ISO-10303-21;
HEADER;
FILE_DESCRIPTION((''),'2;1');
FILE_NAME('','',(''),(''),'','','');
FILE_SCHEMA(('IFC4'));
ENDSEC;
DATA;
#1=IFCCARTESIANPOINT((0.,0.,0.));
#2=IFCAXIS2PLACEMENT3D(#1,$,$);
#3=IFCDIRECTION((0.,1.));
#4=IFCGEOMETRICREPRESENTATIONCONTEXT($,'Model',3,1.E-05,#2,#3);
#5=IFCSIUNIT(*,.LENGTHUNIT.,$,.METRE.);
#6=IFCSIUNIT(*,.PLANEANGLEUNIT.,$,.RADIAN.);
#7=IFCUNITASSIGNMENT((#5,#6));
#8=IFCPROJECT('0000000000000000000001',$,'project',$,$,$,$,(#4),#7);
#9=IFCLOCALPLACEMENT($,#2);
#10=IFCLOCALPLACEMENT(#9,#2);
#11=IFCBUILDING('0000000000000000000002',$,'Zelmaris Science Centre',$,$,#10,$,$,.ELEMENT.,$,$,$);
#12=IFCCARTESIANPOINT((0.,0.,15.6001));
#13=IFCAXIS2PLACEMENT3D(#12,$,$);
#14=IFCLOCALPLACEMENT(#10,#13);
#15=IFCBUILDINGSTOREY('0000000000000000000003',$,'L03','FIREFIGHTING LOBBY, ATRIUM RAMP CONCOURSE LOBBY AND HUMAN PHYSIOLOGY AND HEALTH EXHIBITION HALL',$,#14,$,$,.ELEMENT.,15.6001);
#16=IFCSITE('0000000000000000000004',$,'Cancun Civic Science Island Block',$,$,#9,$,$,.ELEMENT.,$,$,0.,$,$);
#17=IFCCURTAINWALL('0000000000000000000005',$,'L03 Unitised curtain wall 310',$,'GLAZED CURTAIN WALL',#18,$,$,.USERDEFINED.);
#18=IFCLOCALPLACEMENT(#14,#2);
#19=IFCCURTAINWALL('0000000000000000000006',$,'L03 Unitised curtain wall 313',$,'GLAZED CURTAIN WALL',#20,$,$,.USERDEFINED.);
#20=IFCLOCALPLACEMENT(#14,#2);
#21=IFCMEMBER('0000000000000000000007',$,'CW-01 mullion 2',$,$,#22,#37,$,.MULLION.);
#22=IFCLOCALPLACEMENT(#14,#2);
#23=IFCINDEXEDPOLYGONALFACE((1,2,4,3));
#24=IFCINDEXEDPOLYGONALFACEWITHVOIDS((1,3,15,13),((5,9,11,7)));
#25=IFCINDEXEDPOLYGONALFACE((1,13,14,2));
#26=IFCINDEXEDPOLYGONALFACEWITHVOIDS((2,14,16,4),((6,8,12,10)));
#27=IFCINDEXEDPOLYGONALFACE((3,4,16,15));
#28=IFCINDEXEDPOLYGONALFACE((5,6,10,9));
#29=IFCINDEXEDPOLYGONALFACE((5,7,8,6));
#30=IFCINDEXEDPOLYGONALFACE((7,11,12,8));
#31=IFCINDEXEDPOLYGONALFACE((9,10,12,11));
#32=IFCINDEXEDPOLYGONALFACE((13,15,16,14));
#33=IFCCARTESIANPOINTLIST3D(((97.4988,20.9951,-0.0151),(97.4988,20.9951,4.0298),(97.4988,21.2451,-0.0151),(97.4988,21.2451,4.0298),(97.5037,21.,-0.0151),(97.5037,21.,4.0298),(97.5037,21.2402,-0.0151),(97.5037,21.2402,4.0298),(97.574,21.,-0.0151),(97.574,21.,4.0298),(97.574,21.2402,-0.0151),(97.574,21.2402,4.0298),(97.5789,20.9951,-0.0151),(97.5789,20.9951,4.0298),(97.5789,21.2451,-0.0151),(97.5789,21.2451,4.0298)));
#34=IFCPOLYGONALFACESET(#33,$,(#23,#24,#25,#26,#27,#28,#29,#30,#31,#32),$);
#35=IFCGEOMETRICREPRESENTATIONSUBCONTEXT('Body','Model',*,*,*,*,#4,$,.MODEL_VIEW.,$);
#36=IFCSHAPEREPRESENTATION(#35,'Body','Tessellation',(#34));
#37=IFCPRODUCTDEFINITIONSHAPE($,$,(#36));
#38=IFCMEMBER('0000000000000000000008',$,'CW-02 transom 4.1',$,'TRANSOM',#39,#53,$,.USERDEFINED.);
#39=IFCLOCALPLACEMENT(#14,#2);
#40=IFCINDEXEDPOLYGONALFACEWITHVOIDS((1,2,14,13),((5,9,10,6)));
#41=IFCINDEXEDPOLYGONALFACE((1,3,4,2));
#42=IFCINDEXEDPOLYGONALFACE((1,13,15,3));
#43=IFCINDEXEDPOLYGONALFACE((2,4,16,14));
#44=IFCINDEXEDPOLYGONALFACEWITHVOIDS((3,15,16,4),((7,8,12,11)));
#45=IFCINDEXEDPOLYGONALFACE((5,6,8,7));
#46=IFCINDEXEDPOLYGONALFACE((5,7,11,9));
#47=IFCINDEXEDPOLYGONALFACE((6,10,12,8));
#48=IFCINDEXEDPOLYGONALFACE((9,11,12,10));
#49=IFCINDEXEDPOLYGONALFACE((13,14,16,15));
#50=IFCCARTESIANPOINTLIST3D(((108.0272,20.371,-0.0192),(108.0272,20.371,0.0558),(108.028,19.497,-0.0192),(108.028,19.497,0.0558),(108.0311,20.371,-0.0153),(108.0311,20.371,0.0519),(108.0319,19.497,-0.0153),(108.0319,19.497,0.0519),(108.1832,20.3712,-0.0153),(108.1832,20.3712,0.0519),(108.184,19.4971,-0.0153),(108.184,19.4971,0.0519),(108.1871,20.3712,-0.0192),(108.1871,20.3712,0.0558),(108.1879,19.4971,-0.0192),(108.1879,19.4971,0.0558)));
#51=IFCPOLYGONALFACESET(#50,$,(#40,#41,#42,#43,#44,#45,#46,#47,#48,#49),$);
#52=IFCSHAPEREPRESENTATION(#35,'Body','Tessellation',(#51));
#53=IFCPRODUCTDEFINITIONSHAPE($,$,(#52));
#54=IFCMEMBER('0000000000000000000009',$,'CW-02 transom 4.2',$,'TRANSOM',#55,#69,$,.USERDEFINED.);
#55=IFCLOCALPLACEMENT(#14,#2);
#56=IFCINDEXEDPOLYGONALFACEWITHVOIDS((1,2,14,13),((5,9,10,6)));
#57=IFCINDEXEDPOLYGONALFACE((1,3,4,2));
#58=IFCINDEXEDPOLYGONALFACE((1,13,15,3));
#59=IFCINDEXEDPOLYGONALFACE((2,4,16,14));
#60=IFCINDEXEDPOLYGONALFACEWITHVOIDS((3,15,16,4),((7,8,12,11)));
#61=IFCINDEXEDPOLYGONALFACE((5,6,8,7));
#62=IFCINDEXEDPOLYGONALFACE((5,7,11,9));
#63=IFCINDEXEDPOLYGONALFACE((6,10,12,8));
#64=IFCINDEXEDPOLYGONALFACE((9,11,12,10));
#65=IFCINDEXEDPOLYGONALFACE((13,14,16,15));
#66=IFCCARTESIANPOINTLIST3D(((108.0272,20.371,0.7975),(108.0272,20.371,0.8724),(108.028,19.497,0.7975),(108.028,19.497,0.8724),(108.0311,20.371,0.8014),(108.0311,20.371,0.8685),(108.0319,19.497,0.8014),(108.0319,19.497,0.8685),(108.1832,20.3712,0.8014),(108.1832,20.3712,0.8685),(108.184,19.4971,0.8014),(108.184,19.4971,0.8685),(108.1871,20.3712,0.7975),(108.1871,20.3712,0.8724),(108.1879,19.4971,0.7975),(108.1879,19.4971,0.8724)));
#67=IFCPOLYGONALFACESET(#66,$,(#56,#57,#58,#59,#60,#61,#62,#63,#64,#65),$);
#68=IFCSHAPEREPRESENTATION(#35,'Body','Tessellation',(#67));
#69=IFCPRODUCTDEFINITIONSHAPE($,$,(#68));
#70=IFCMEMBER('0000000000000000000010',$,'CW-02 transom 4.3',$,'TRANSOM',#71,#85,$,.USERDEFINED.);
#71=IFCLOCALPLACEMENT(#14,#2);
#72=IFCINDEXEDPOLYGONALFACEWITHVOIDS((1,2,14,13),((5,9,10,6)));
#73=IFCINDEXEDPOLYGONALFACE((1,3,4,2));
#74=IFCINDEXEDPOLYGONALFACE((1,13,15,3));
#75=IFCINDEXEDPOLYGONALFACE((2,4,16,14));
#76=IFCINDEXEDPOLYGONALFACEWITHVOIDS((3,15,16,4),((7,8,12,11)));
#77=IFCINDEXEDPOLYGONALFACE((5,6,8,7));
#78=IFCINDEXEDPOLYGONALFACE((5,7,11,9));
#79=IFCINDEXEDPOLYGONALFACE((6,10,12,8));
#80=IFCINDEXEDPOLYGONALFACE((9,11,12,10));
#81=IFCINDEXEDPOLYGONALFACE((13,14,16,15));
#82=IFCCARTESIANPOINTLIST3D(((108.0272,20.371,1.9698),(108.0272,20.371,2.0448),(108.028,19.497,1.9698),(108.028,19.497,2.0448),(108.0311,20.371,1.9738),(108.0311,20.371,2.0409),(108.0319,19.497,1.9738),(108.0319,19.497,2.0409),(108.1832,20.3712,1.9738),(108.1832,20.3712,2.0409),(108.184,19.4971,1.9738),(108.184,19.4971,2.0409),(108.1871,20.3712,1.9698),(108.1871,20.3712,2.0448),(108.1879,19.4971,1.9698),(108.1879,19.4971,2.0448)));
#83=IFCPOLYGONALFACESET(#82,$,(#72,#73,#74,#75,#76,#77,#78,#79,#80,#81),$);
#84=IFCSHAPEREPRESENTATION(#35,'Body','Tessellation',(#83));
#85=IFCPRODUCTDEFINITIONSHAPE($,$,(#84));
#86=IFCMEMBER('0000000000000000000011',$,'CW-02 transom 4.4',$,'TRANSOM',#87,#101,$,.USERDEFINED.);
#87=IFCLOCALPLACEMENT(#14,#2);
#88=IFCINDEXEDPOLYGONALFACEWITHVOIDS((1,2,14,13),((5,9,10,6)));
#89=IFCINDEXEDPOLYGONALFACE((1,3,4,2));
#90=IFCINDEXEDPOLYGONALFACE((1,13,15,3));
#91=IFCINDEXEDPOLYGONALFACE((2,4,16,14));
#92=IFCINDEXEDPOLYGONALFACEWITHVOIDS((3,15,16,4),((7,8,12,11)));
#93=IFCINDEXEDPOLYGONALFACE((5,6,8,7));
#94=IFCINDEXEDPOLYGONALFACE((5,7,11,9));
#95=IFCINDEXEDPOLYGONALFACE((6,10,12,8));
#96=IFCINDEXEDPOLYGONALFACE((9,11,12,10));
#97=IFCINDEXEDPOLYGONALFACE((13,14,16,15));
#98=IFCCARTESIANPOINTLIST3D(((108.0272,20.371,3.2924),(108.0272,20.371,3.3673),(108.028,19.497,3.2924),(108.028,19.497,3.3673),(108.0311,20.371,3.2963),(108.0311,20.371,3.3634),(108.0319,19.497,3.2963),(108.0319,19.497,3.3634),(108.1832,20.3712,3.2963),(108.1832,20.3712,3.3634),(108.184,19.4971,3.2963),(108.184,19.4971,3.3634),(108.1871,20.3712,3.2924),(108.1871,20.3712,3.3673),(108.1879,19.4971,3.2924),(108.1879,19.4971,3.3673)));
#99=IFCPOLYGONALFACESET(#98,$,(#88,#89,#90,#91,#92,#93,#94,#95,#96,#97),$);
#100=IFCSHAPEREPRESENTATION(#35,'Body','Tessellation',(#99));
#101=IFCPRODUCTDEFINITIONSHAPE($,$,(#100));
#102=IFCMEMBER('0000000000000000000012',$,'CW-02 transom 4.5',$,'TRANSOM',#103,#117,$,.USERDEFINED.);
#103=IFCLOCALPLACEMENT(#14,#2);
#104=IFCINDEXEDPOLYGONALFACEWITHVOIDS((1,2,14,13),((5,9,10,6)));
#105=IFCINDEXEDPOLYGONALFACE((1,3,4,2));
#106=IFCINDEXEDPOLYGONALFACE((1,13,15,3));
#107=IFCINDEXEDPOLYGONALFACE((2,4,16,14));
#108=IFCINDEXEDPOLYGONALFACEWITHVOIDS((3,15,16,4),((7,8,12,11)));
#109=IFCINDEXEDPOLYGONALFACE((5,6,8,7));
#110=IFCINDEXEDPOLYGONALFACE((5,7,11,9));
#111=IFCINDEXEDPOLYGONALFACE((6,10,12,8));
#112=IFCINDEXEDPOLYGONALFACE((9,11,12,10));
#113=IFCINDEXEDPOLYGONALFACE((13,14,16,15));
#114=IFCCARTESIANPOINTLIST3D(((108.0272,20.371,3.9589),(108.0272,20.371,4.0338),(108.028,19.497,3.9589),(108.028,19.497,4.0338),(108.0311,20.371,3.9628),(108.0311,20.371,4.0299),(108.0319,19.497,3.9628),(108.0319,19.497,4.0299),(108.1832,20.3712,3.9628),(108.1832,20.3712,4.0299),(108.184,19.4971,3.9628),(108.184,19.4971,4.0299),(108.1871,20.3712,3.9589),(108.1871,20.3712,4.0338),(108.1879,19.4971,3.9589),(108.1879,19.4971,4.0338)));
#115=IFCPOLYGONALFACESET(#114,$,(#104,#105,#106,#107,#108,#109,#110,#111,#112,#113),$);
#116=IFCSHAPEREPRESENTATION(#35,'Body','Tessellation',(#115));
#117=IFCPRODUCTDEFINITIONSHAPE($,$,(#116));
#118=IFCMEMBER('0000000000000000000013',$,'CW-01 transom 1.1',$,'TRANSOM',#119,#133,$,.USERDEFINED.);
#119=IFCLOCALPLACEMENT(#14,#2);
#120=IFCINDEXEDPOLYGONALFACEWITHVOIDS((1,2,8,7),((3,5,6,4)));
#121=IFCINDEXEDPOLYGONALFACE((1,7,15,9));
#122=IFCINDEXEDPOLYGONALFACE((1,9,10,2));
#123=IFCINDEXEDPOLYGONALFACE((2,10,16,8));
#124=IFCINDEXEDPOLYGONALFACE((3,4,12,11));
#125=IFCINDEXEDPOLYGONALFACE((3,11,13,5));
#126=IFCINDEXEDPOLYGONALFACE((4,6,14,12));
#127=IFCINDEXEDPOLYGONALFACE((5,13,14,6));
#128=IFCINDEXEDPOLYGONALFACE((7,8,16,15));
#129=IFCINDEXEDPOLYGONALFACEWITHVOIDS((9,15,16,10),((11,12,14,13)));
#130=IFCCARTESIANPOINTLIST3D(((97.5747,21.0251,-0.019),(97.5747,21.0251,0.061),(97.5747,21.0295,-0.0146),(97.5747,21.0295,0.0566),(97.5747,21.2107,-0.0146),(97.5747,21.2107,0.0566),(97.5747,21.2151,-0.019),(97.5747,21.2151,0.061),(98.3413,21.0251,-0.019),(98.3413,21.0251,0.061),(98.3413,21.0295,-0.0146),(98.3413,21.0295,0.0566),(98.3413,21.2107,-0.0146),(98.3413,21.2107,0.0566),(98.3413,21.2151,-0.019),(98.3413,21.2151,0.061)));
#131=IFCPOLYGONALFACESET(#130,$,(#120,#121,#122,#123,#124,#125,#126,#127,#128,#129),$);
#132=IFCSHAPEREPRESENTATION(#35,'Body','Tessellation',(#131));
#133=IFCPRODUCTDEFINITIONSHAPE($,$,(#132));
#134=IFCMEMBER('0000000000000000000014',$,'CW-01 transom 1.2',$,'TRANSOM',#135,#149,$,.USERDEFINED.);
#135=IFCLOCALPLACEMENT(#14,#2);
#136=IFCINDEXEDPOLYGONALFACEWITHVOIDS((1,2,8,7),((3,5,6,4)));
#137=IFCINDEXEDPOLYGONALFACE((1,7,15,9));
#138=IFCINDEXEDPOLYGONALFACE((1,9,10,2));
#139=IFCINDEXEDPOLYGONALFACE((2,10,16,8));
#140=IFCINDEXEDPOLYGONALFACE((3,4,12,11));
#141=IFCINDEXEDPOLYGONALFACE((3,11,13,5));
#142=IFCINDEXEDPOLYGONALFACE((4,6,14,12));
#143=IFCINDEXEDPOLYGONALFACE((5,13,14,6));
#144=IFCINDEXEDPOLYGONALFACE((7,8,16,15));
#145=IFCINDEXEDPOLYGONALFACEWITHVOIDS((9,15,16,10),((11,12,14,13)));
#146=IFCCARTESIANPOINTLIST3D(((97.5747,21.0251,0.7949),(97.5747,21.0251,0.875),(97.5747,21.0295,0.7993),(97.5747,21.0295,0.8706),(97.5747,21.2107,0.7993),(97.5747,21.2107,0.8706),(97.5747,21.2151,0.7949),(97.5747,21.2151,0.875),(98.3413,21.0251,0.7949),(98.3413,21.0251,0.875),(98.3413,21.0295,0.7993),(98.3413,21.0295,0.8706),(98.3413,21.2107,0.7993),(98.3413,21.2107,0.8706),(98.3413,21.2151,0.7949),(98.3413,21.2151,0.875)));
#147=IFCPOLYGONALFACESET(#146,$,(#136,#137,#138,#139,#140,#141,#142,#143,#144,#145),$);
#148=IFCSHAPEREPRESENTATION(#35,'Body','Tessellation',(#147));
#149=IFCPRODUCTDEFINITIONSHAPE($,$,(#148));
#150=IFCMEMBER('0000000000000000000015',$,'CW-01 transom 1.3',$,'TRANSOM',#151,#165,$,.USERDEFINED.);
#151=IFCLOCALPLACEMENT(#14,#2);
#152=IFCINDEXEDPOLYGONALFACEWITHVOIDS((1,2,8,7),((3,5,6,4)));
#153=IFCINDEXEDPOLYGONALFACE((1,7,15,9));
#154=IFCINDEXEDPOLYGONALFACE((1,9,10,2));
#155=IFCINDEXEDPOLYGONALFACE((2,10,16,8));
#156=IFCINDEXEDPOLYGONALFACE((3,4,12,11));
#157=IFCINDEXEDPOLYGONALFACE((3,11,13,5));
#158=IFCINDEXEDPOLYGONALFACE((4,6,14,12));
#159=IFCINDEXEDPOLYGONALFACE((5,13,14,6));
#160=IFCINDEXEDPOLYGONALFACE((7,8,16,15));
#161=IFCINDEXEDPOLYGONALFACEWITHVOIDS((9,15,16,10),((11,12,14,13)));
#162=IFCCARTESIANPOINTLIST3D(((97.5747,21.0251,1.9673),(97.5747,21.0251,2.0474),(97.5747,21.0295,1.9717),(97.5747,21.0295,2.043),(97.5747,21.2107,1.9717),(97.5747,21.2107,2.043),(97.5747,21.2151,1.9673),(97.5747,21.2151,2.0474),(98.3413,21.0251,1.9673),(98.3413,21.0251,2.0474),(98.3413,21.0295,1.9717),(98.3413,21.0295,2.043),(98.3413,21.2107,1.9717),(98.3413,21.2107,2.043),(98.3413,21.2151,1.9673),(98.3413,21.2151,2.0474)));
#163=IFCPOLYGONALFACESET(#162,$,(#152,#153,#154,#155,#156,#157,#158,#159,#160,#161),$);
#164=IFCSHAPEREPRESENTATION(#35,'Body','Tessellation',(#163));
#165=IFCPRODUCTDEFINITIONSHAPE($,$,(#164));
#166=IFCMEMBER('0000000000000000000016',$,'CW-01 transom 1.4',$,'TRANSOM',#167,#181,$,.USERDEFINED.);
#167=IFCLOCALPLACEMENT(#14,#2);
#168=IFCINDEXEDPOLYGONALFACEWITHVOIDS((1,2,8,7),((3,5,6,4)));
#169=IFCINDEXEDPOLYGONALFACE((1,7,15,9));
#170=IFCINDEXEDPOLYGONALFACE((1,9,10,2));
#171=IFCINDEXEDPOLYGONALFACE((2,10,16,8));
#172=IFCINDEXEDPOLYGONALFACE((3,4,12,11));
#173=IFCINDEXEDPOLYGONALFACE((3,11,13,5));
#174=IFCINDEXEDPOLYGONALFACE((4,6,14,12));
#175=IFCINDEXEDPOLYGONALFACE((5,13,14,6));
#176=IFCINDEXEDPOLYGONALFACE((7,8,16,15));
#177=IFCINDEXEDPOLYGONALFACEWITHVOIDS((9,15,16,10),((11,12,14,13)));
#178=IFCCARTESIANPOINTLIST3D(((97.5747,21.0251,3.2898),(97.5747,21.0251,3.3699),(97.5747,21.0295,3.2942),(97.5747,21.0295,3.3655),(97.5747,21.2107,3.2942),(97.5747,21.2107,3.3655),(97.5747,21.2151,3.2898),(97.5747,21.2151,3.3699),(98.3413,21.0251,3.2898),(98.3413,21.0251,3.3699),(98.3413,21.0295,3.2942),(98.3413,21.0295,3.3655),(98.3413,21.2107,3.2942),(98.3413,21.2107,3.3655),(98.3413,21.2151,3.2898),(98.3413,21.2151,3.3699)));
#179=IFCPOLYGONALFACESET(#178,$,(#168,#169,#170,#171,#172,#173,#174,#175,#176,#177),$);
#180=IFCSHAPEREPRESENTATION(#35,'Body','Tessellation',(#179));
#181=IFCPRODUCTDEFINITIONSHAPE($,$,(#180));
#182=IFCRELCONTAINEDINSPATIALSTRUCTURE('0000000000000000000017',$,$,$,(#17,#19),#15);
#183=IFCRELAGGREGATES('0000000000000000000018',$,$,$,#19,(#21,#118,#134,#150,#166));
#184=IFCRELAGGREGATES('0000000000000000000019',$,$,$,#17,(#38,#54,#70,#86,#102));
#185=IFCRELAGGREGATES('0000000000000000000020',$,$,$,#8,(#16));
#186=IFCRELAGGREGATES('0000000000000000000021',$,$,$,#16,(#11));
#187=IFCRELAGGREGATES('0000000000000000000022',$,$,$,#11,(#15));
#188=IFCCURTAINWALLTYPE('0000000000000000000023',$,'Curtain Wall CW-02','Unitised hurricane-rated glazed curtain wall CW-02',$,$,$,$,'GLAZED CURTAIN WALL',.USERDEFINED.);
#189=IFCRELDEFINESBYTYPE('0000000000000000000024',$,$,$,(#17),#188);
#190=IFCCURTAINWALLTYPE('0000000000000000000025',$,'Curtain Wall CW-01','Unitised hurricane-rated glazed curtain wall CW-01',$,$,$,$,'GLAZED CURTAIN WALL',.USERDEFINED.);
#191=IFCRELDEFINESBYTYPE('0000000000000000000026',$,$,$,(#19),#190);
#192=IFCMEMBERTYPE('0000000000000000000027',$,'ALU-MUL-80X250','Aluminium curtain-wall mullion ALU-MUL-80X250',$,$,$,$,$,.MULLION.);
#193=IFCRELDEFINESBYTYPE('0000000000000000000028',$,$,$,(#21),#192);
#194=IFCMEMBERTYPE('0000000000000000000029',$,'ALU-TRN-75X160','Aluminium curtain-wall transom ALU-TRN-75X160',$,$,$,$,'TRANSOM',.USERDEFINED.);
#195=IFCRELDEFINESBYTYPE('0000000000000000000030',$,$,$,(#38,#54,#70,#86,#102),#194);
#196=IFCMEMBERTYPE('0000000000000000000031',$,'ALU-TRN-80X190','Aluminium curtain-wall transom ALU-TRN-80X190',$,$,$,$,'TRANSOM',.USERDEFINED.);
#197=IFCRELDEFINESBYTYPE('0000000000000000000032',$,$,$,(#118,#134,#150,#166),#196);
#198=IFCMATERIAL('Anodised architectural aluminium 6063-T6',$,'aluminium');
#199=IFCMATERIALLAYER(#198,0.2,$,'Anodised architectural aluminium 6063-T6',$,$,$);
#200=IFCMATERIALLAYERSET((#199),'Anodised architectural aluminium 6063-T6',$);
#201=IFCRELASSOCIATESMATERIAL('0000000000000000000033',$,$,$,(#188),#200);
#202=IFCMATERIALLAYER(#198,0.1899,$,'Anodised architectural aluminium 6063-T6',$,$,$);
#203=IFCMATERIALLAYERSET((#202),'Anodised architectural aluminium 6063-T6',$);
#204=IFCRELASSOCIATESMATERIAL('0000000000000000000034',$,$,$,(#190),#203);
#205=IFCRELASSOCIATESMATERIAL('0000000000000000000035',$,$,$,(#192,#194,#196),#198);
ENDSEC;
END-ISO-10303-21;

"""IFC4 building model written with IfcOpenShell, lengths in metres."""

from ifc_helpers import new_model, si_unit, direction, frame, origin, origin_2d, place, context, subcontext, project, spatial, hollow_rectangle, extrude, material, layer, layer_set, material_profile, profile_set, type_object, element, aggregate, save


model = new_model("IFC4")

# Units and contexts
model_context = context("Model", 3, precision=1e-05, world=origin(), true_north=direction((0.0, 1.0)))
body_context = subcontext(model_context, "Body", "Model", "MODEL_VIEW")
ifc_project = project(units=[si_unit("LENGTHUNIT", "METRE"), si_unit("PLANEANGLEUNIT", "RADIAN")], contexts=[model_context])

# Site, building, storey
site_placement = place(None, origin())
site = spatial("IfcSite", under=ifc_project, at=site_placement, Name="Cancun Civic Science Island Block", CompositionType="ELEMENT", RefElevation=0.0)
building_placement = place(site_placement, origin())
building = spatial("IfcBuilding", under=site, at=building_placement, Name="Zelmaris Science Centre", CompositionType="ELEMENT")
storey_placement = place(building_placement, frame((0.0, 0.0, 15.6001)))
storey = spatial("IfcBuildingStorey", under=building, at=storey_placement, Name="L03", Description="FIREFIGHTING LOBBY, ATRIUM RAMP CONCOURSE LOBBY AND HUMAN PHYSIOLOGY AND HEALTH EXHIBITION HALL", CompositionType="ELEMENT", Elevation=15.6001)

# Curtain wall
ifc_material_1 = material(Name="Anodised architectural aluminium 6063-T6", Category="aluminium")
ifc_layer_1 = layer(ifc_material_1, 0.2, Name="Anodised architectural aluminium 6063-T6")
ifc_layer_set_1 = layer_set([ifc_layer_1], Name="Anodised architectural aluminium 6063-T6")
curtain_wall_type_1 = type_object("IfcCurtainWallType", Name="Curtain Wall CW-02", Description="Unitised hurricane-rated glazed curtain wall CW-02", ElementType="GLAZED CURTAIN WALL", PredefinedType="USERDEFINED", material=ifc_layer_set_1)
curtain_wall_1_placement = place(storey_placement, origin())
curtain_wall_1 = element("IfcCurtainWall", 1, at=curtain_wall_1_placement, inside=storey, type_object=curtain_wall_type_1, Name="L03 Unitised curtain wall 310", ObjectType="GLAZED CURTAIN WALL", PredefinedType="USERDEFINED")

# Curtain wall, member
ifc_layer_2 = layer(ifc_material_1, 0.1899, Name="Anodised architectural aluminium 6063-T6")
ifc_layer_set_2 = layer_set([ifc_layer_2], Name="Anodised architectural aluminium 6063-T6")
curtain_wall_type_2 = type_object("IfcCurtainWallType", Name="Curtain Wall CW-01", Description="Unitised hurricane-rated glazed curtain wall CW-01", ElementType="GLAZED CURTAIN WALL", PredefinedType="USERDEFINED", material=ifc_layer_set_2)
curtain_wall_2_placement = place(storey_placement, origin())
curtain_wall_2 = element("IfcCurtainWall", 2, at=curtain_wall_2_placement, inside=storey, type_object=curtain_wall_type_2, Name="L03 Unitised curtain wall 313", ObjectType="GLAZED CURTAIN WALL", PredefinedType="USERDEFINED")
ifc_material_profile_1 = material_profile(ifc_material_1, hollow_rectangle(XDim=0.0801, YDim=0.25, WallThickness=0.0049, at=origin_2d()), Name="ALU-MUL-80X250")
ifc_profile_set_1 = profile_set([ifc_material_profile_1], Name="Anodised architectural aluminium 6063-T6")
member_type_1 = type_object("IfcMemberType", Name="ALU-MUL-80X250", Description="Aluminium curtain-wall mullion ALU-MUL-80X250", PredefinedType="MULLION", material=ifc_profile_set_1)
member_1_placement = place(storey_placement, frame((97.5388, 21.1201, -0.0151), z_axis=(0.0, 0.0, 1.0), x_axis=(-1.0, 0.000005, 0.0)))
member_1 = element("IfcMember", 3, at=member_1_placement, type_object=member_type_1, Name="CW-01 mullion 2", PredefinedType="MULLION", context=body_context, shape_type="SweptSolid", body=[
    extrude(hollow_rectangle(XDim=0.0801, YDim=0.25, WallThickness=0.0049, at=origin_2d()), origin(), (0.0, 0.0, 1.0), 4.0449),
])

# Members
ifc_material_profile_2 = material_profile(ifc_material_1, hollow_rectangle(XDim=0.075, YDim=0.1599, WallThickness=0.0039, at=origin_2d()), Name="ALU-TRN-75X160")
ifc_profile_set_2 = profile_set([ifc_material_profile_2], Name="Anodised architectural aluminium 6063-T6")
member_type_2 = type_object("IfcMemberType", Name="ALU-TRN-75X160", Description="Aluminium curtain-wall transom ALU-TRN-75X160", ElementType="TRANSOM", PredefinedType="USERDEFINED", material=ifc_profile_set_2)
member_2_placement = place(storey_placement, frame((108.1079, 19.4971, 0.0183), z_axis=(-0.000838, 1.0, 0.0), x_axis=(0.0, 0.0, 1.0)))
member_2 = element("IfcMember", 4, at=member_2_placement, type_object=member_type_2, Name="CW-02 transom 4.1", ObjectType="TRANSOM", PredefinedType="USERDEFINED", context=body_context, shape_type="SweptSolid", body=[
    extrude(hollow_rectangle(XDim=0.075, YDim=0.1599, WallThickness=0.0039, at=origin_2d()), origin(), (0.0, 0.0, 1.0), 0.874),
])
member_3_placement = place(storey_placement, frame((108.1079, 19.4971, 0.835), z_axis=(-0.000838, 1.0, 0.0), x_axis=(0.0, 0.0, 1.0)))
member_3 = element("IfcMember", 5, at=member_3_placement, type_object=member_type_2, Name="CW-02 transom 4.2", ObjectType="TRANSOM", PredefinedType="USERDEFINED", context=body_context, shape_type="SweptSolid", body=[
    extrude(hollow_rectangle(XDim=0.075, YDim=0.1599, WallThickness=0.0039, at=origin_2d()), origin(), (0.0, 0.0, 1.0), 0.874),
])
member_4_placement = place(storey_placement, frame((108.1079, 19.4971, 2.0073), z_axis=(-0.000838, 1.0, 0.0), x_axis=(0.0, 0.0, 1.0)))
member_4 = element("IfcMember", 6, at=member_4_placement, type_object=member_type_2, Name="CW-02 transom 4.3", ObjectType="TRANSOM", PredefinedType="USERDEFINED", context=body_context, shape_type="SweptSolid", body=[
    extrude(hollow_rectangle(XDim=0.075, YDim=0.1599, WallThickness=0.0039, at=origin_2d()), origin(), (0.0, 0.0, 1.0), 0.874),
])
member_5_placement = place(storey_placement, frame((108.1079, 19.4971, 3.3298), z_axis=(-0.000838, 1.0, 0.0), x_axis=(0.0, 0.0, 1.0)))
member_5 = element("IfcMember", 7, at=member_5_placement, type_object=member_type_2, Name="CW-02 transom 4.4", ObjectType="TRANSOM", PredefinedType="USERDEFINED", context=body_context, shape_type="SweptSolid", body=[
    extrude(hollow_rectangle(XDim=0.075, YDim=0.1599, WallThickness=0.0039, at=origin_2d()), origin(), (0.0, 0.0, 1.0), 0.874),
])
member_6_placement = place(storey_placement, frame((108.1079, 19.4971, 3.9963), z_axis=(-0.000838, 1.0, 0.0), x_axis=(0.0, 0.0, 1.0)))
member_6 = element("IfcMember", 8, at=member_6_placement, type_object=member_type_2, Name="CW-02 transom 4.5", ObjectType="TRANSOM", PredefinedType="USERDEFINED", context=body_context, shape_type="SweptSolid", body=[
    extrude(hollow_rectangle(XDim=0.075, YDim=0.1599, WallThickness=0.0039, at=origin_2d()), origin(), (0.0, 0.0, 1.0), 0.874),
])
ifc_material_profile_3 = material_profile(ifc_material_1, hollow_rectangle(XDim=0.0801, YDim=0.1899, WallThickness=0.0044, at=origin_2d()), Name="ALU-TRN-80X190")
ifc_profile_set_3 = profile_set([ifc_material_profile_3], Name="Anodised architectural aluminium 6063-T6")
member_type_3 = type_object("IfcMemberType", Name="ALU-TRN-80X190", Description="Aluminium curtain-wall transom ALU-TRN-80X190", ElementType="TRANSOM", PredefinedType="USERDEFINED", material=ifc_profile_set_3)
member_7_placement = place(storey_placement, frame((98.3413, 21.1201, 0.021), z_axis=(-1.0, 0.0, 0.0), x_axis=(0.0, 0.0, 1.0)))
member_7 = element("IfcMember", 9, at=member_7_placement, type_object=member_type_3, Name="CW-01 transom 1.1", ObjectType="TRANSOM", PredefinedType="USERDEFINED", context=body_context, shape_type="SweptSolid", body=[
    extrude(hollow_rectangle(XDim=0.0801, YDim=0.1899, WallThickness=0.0044, at=origin_2d()), origin(), (0.0, 0.0, 1.0), 0.7666),
])
member_8_placement = place(storey_placement, frame((98.3413, 21.1201, 0.835), z_axis=(-1.0, 0.0, 0.0), x_axis=(0.0, 0.0, 1.0)))
member_8 = element("IfcMember", 10, at=member_8_placement, type_object=member_type_3, Name="CW-01 transom 1.2", ObjectType="TRANSOM", PredefinedType="USERDEFINED", context=body_context, shape_type="SweptSolid", body=[
    extrude(hollow_rectangle(XDim=0.0801, YDim=0.1899, WallThickness=0.0044, at=origin_2d()), origin(), (0.0, 0.0, 1.0), 0.7666),
])
member_9_placement = place(storey_placement, frame((98.3413, 21.1201, 2.0073), z_axis=(-1.0, 0.0, 0.0), x_axis=(0.0, 0.0, 1.0)))
member_9 = element("IfcMember", 11, at=member_9_placement, type_object=member_type_3, Name="CW-01 transom 1.3", ObjectType="TRANSOM", PredefinedType="USERDEFINED", context=body_context, shape_type="SweptSolid", body=[
    extrude(hollow_rectangle(XDim=0.0801, YDim=0.1899, WallThickness=0.0044, at=origin_2d()), origin(), (0.0, 0.0, 1.0), 0.7666),
])
member_10_placement = place(storey_placement, frame((98.3413, 21.1201, 3.3298), z_axis=(-1.0, 0.0, 0.0), x_axis=(0.0, 0.0, 1.0)))
member_10 = element("IfcMember", 12, at=member_10_placement, type_object=member_type_3, Name="CW-01 transom 1.4", ObjectType="TRANSOM", PredefinedType="USERDEFINED", context=body_context, shape_type="SweptSolid", body=[
    extrude(hollow_rectangle(XDim=0.0801, YDim=0.1899, WallThickness=0.0044, at=origin_2d()), origin(), (0.0, 0.0, 1.0), 0.7666),
])

aggregate(curtain_wall_2, [member_1, member_7, member_8, member_9, member_10])
aggregate(curtain_wall_1, [member_2, member_3, member_4, member_5, member_6])

save(model, "model.ifc")
